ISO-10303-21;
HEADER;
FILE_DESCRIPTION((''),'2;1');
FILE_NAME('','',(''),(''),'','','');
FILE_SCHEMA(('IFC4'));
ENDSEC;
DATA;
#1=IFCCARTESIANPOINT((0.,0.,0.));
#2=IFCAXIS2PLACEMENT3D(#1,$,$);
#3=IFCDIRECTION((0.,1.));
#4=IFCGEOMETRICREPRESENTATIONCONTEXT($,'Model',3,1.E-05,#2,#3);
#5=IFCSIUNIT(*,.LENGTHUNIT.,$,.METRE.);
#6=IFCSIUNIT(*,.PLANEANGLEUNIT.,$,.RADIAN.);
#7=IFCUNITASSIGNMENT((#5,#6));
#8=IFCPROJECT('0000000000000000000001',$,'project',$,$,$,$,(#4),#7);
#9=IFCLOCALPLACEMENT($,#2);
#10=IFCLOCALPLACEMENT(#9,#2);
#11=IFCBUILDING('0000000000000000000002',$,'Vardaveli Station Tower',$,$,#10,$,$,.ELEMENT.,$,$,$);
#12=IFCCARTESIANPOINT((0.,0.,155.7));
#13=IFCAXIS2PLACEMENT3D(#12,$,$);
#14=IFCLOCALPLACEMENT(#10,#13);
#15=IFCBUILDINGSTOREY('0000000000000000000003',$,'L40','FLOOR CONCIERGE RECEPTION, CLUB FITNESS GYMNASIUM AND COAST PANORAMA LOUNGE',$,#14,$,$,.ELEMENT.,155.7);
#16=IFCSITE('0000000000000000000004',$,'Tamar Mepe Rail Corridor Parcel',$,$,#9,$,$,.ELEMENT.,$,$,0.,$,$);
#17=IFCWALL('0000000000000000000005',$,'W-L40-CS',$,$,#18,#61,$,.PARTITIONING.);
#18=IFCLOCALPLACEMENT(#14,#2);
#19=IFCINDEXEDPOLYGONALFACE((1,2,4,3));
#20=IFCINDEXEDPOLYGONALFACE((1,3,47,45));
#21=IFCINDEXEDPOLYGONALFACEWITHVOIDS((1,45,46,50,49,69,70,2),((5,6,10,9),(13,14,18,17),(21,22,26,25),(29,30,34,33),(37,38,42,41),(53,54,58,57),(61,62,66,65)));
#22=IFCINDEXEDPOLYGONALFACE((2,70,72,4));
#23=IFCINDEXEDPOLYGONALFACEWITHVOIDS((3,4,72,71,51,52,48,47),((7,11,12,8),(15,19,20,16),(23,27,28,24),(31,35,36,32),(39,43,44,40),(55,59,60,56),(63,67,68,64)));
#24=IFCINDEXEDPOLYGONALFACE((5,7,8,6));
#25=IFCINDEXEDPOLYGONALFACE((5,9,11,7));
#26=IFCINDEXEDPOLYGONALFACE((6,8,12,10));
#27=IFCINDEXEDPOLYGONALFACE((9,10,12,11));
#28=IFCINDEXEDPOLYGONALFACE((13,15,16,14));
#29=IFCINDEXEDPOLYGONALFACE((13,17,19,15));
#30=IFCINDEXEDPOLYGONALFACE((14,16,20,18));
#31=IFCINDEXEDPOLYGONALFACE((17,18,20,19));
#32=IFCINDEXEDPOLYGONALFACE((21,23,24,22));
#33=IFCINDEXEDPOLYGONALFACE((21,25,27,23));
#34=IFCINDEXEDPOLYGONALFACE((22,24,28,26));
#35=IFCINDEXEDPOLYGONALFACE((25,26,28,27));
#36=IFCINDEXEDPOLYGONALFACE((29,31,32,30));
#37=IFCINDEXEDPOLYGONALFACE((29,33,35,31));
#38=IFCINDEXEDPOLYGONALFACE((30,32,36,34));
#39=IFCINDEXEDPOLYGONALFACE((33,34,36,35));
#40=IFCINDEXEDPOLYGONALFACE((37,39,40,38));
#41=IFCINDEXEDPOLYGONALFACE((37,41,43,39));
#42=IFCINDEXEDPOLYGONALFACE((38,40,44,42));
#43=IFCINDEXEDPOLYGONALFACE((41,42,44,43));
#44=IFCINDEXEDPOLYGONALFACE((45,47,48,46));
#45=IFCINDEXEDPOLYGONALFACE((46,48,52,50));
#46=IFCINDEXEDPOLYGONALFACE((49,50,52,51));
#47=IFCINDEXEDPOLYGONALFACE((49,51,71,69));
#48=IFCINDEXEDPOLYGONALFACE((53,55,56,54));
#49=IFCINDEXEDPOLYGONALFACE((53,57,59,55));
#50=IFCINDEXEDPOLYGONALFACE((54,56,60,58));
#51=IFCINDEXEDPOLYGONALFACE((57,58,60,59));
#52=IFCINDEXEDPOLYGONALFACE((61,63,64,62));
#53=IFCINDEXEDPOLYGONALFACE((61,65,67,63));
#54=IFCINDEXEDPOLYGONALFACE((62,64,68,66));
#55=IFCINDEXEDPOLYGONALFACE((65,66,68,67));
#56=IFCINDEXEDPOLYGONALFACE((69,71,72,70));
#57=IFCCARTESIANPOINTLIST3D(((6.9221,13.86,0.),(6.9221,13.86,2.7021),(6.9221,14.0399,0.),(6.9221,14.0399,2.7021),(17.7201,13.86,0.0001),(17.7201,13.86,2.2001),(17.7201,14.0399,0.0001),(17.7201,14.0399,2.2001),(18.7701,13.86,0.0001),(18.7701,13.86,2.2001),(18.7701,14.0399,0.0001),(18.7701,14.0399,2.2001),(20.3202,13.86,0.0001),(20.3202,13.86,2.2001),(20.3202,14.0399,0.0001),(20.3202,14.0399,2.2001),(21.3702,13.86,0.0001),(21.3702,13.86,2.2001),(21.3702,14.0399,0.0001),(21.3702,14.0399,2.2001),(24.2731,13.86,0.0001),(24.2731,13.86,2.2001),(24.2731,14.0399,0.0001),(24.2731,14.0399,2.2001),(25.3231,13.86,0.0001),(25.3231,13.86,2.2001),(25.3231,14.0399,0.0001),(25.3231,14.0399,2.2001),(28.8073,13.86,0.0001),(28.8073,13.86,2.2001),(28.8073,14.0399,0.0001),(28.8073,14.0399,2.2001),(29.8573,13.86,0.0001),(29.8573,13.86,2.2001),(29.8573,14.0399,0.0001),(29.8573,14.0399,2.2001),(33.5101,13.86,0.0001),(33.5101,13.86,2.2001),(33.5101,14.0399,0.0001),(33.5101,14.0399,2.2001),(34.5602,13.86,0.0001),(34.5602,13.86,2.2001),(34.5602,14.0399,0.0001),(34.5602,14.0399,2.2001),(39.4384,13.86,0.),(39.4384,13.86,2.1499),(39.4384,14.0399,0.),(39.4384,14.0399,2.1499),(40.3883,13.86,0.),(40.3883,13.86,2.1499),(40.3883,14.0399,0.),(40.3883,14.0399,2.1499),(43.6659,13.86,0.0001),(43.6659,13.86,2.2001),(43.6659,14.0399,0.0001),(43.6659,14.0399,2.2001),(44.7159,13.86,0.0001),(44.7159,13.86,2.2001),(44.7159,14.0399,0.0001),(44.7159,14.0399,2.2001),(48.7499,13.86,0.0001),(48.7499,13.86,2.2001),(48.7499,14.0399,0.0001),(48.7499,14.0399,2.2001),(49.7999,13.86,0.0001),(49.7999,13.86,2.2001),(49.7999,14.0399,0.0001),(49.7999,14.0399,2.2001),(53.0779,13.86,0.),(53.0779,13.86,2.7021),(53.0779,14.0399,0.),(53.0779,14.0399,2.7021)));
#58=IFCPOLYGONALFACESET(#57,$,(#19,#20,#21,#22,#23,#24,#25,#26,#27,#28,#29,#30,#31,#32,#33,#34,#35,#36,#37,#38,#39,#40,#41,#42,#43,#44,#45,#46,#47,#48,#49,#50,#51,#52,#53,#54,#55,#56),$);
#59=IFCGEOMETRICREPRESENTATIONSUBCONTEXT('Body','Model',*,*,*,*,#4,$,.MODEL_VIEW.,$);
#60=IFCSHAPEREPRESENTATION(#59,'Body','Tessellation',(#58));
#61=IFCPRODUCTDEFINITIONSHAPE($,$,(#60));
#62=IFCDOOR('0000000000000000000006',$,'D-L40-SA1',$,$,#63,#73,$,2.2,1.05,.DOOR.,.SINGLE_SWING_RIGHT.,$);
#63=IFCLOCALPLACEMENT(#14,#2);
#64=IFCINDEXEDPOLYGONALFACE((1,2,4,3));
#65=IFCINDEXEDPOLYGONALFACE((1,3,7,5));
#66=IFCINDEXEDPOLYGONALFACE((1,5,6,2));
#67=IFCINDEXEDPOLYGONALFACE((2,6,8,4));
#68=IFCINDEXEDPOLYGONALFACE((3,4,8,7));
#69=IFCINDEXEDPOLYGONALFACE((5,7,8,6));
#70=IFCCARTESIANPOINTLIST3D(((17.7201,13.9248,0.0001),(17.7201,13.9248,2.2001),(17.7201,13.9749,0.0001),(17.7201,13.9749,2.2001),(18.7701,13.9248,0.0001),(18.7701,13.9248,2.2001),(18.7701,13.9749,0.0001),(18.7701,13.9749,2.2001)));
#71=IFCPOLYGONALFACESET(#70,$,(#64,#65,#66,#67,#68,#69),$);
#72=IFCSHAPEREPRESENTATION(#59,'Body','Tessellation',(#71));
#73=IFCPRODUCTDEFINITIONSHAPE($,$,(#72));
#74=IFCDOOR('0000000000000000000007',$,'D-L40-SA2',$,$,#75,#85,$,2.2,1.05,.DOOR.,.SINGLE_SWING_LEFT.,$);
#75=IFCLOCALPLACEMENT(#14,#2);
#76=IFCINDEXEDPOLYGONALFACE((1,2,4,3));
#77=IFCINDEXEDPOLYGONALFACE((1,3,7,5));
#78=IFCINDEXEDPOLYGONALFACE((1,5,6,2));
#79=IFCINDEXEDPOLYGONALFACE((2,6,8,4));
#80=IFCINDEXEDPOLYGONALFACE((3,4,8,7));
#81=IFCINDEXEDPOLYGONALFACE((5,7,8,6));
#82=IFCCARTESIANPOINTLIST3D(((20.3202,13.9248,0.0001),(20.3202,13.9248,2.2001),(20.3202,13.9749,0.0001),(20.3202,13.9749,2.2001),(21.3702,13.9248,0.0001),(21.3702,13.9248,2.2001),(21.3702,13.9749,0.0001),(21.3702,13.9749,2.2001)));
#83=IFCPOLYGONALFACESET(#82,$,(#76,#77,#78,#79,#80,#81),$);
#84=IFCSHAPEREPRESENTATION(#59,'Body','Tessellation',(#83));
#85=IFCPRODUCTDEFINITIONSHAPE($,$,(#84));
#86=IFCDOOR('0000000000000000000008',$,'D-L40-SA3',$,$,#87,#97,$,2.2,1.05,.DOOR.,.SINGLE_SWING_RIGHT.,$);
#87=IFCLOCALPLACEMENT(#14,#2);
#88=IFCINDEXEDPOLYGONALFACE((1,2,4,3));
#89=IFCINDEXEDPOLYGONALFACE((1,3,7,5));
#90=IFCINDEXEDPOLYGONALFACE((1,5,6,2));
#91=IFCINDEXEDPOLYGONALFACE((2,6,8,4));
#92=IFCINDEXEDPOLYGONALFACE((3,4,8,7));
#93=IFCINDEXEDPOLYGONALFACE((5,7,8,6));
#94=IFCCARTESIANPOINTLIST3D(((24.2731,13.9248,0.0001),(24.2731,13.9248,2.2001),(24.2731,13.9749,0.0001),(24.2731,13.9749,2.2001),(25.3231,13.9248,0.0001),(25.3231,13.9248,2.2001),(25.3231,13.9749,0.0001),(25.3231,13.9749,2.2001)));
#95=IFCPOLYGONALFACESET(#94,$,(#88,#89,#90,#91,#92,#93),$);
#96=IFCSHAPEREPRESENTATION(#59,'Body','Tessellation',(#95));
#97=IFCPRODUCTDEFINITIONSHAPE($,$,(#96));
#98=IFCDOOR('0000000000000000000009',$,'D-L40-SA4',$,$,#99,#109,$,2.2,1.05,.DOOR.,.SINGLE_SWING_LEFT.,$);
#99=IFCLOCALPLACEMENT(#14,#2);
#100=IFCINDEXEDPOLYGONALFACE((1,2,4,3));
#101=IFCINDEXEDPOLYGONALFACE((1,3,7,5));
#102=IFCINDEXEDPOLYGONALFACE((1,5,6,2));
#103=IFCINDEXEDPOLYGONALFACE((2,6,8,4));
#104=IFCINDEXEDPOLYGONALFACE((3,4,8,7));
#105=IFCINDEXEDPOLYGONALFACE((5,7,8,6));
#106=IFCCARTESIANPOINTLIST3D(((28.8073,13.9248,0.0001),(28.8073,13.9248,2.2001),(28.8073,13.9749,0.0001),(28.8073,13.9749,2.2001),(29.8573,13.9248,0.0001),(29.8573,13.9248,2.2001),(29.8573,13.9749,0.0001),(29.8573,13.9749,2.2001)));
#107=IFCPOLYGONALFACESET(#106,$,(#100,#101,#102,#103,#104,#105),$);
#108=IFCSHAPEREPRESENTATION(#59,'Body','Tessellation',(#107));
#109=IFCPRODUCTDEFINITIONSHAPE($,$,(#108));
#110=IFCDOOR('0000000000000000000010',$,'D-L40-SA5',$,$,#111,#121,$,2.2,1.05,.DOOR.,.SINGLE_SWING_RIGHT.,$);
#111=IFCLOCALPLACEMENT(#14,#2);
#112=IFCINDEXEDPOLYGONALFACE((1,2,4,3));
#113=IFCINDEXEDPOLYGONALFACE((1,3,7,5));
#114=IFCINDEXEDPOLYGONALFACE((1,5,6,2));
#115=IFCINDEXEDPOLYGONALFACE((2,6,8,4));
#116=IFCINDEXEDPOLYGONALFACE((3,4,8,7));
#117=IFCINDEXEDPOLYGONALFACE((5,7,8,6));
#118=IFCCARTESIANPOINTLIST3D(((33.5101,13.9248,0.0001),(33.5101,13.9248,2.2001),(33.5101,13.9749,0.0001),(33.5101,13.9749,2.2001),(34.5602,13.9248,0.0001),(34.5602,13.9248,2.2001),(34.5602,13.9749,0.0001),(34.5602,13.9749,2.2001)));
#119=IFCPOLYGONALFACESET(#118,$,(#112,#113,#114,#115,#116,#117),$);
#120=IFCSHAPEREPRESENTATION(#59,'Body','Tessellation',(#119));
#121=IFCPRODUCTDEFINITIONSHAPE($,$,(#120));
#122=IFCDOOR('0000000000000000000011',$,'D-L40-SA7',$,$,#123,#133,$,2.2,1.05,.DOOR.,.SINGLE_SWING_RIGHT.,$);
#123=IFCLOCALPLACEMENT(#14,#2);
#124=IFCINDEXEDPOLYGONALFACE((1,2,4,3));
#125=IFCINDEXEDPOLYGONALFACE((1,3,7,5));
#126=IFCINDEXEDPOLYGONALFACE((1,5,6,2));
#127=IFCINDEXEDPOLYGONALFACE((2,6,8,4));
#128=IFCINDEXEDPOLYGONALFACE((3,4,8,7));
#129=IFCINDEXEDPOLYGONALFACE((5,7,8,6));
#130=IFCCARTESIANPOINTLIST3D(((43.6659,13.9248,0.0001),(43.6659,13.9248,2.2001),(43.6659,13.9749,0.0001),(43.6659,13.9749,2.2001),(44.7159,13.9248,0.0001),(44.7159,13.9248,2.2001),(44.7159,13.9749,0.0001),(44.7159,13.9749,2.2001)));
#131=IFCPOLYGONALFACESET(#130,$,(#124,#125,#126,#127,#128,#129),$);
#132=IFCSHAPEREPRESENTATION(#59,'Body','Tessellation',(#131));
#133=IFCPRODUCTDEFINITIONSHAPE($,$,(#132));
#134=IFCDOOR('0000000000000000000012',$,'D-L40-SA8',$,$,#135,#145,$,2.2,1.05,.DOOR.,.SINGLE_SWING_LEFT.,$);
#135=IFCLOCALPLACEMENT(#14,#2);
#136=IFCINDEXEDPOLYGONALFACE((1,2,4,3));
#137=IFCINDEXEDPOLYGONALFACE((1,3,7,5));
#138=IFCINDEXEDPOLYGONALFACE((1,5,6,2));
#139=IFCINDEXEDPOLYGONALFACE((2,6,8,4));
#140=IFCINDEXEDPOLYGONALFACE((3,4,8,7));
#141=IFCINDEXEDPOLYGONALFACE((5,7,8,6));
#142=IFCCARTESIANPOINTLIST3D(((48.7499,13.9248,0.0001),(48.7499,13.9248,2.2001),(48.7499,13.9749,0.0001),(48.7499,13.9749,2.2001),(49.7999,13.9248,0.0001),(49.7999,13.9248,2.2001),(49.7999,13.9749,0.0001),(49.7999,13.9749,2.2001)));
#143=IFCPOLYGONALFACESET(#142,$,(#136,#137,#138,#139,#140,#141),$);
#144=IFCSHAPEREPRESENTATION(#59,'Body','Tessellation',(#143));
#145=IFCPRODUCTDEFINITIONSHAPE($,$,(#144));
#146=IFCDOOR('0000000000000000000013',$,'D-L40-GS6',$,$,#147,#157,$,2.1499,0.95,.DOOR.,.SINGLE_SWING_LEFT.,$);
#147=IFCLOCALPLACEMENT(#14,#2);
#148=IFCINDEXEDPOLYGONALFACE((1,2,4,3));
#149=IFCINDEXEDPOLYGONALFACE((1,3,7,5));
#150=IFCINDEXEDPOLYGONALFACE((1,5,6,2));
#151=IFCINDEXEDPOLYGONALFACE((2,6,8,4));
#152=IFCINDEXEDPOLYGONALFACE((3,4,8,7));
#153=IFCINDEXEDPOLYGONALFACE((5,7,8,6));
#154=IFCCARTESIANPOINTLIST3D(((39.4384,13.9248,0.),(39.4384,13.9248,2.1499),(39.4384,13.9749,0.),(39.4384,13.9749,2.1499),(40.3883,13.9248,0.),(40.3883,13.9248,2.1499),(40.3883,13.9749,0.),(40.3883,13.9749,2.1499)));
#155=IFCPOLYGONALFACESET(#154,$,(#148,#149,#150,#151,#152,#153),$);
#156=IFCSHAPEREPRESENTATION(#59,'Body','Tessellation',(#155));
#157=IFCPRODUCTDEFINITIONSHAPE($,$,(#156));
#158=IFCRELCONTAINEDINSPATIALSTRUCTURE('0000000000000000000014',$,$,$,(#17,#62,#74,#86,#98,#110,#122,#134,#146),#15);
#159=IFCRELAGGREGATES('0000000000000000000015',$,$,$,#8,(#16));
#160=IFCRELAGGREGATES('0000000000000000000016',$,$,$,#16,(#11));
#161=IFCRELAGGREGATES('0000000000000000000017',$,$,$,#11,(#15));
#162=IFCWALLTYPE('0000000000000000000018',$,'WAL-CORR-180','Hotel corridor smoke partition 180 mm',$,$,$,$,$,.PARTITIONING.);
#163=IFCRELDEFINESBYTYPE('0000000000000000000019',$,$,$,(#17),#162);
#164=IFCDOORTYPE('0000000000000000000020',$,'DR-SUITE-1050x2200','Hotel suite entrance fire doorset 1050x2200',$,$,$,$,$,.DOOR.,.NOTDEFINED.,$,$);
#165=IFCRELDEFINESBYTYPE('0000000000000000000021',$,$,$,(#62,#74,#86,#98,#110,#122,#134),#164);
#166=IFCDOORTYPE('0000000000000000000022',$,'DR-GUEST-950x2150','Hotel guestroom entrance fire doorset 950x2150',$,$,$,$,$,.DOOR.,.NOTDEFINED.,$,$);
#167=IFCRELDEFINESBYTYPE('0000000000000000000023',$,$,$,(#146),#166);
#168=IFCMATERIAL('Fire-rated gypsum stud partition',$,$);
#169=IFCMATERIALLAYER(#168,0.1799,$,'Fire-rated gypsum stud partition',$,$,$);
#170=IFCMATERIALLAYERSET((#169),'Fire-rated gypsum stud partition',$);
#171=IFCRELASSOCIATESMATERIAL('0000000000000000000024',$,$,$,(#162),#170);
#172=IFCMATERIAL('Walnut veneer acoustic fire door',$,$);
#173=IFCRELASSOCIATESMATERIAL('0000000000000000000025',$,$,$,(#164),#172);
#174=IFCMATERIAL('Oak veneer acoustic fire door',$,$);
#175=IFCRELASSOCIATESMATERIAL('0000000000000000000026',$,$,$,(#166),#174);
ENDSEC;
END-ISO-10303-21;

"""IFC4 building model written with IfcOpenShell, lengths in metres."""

from ifc_helpers import new_model, si_unit, direction, frame, frame_2d, origin, place, context, subcontext, project, spatial, rectangle, extrude, source, transform, mapped, material, layer, layer_set, type_object, element, fill, save


model = new_model("IFC4")

# Units and contexts
model_context = context("Model", 3, precision=1e-05, world=origin(), true_north=direction((0.0, 1.0)))
body_context = subcontext(model_context, "Body", "Model", "MODEL_VIEW")
ifc_project = project(units=[si_unit("LENGTHUNIT", "METRE"), si_unit("PLANEANGLEUNIT", "RADIAN")], contexts=[model_context])

# Site, building, storey
site_placement = place(None, origin())
site = spatial("IfcSite", under=ifc_project, at=site_placement, Name="Tamar Mepe Rail Corridor Parcel", CompositionType="ELEMENT", RefElevation=0.0)
building_placement = place(site_placement, origin())
building = spatial("IfcBuilding", under=site, at=building_placement, Name="Vardaveli Station Tower", CompositionType="ELEMENT")
storey_placement = place(building_placement, frame((0.0, 0.0, 155.7)))
storey = spatial("IfcBuildingStorey", under=building, at=storey_placement, Name="L40", Description="FLOOR CONCIERGE RECEPTION, CLUB FITNESS GYMNASIUM AND COAST PANORAMA LOUNGE", CompositionType="ELEMENT", Elevation=155.7)

# Wall, openings, doors
ifc_material_1 = material(Name="Fire-rated gypsum stud partition")
ifc_layer_1 = layer(ifc_material_1, 0.1799, Name="Fire-rated gypsum stud partition")
ifc_layer_set_1 = layer_set([ifc_layer_1], Name="Fire-rated gypsum stud partition")
wall_type_1 = type_object("IfcWallType", Name="WAL-CORR-180", Description="Hotel corridor smoke partition 180 mm", PredefinedType="PARTITIONING", material=ifc_layer_set_1)
shared_shape_1 = source(origin(), body_context, "Body", "SweptSolid", [
    extrude(rectangle(XDim=46.1558, YDim=0.1799, at=frame_2d((23.0779, 0.0))), origin(), (0.0, 0.0, 1.0), 2.7021),
])
wall_1_placement = place(storey_placement, frame((6.9221, 13.95, 0.0), z_axis=(0.0, 0.0, 1.0), x_axis=(1.0, 0.0, 0.0)))
wall_1 = element("IfcWall", 1, at=wall_1_placement, inside=storey, type_object=wall_type_1, Name="W-L40-CS", PredefinedType="PARTITIONING", context=body_context, shape_type="MappedRepresentation", body=[
    mapped(shared_shape_1, transform((0.0, 0.0, 0.0), scale=1.0)),
])
shared_shape_2 = source(origin(), body_context, "Body", "SweptSolid", [
    extrude(rectangle(XDim=1.05, YDim=2.2, at=frame_2d((0.5249, 1.1001))), frame((0.0, 0.1001, 0.0), z_axis=(0.0, -1.0, 0.0), x_axis=(1.0, 0.0, 0.0)), (0.0, 0.0, 1.0), 0.2),
])
opening_1_placement = place(wall_1_placement, frame((10.7981, 0.0, 0.0)))
opening_1 = element("IfcOpeningElement", 2, at=opening_1_placement, cuts=wall_1, PredefinedType="OPENING", context=body_context, shape_type="MappedRepresentation", body=[
    mapped(shared_shape_2, transform((0.0, 0.0, 0.0), scale=1.0)),
])
opening_2_placement = place(wall_1_placement, frame((13.3982, 0.0, 0.0)))
opening_2 = element("IfcOpeningElement", 3, at=opening_2_placement, cuts=wall_1, PredefinedType="OPENING", context=body_context, shape_type="MappedRepresentation", body=[
    mapped(shared_shape_2, transform((0.0, 0.0, 0.0), scale=1.0)),
])
opening_3_placement = place(wall_1_placement, frame((17.3511, 0.0, 0.0)))
opening_3 = element("IfcOpeningElement", 4, at=opening_3_placement, cuts=wall_1, PredefinedType="OPENING", context=body_context, shape_type="MappedRepresentation", body=[
    mapped(shared_shape_2, transform((0.0, 0.0, 0.0), scale=1.0)),
])
opening_4_placement = place(wall_1_placement, frame((21.8853, 0.0, 0.0)))
opening_4 = element("IfcOpeningElement", 5, at=opening_4_placement, cuts=wall_1, PredefinedType="OPENING", context=body_context, shape_type="MappedRepresentation", body=[
    mapped(shared_shape_2, transform((0.0, 0.0, 0.0), scale=1.0)),
])
opening_5_placement = place(wall_1_placement, frame((26.5881, 0.0, 0.0)))
opening_5 = element("IfcOpeningElement", 6, at=opening_5_placement, cuts=wall_1, PredefinedType="OPENING", context=body_context, shape_type="MappedRepresentation", body=[
    mapped(shared_shape_2, transform((0.0, 0.0, 0.0), scale=1.0)),
])
shared_shape_3 = source(origin(), body_context, "Body", "SweptSolid", [
    extrude(rectangle(XDim=0.95, YDim=2.1499, at=frame_2d((0.4751, 1.075))), frame((0.0, 0.1001, 0.0), z_axis=(0.0, -1.0, 0.0), x_axis=(1.0, 0.0, 0.0)), (0.0, 0.0, 1.0), 0.2),
])
opening_6_placement = place(wall_1_placement, frame((32.5161, 0.0, 0.0)))
opening_6 = element("IfcOpeningElement", 7, at=opening_6_placement, cuts=wall_1, PredefinedType="OPENING", context=body_context, shape_type="MappedRepresentation", body=[
    mapped(shared_shape_3, transform((0.0, 0.0, 0.0), scale=1.0)),
])
opening_7_placement = place(wall_1_placement, frame((36.7439, 0.0, 0.0)))
opening_7 = element("IfcOpeningElement", 8, at=opening_7_placement, cuts=wall_1, PredefinedType="OPENING", context=body_context, shape_type="MappedRepresentation", body=[
    mapped(shared_shape_2, transform((0.0, 0.0, 0.0), scale=1.0)),
])
opening_8_placement = place(wall_1_placement, frame((41.8279, 0.0, 0.0)))
opening_8 = element("IfcOpeningElement", 9, at=opening_8_placement, cuts=wall_1, PredefinedType="OPENING", context=body_context, shape_type="MappedRepresentation", body=[
    mapped(shared_shape_2, transform((0.0, 0.0, 0.0), scale=1.0)),
])
ifc_material_2 = material(Name="Walnut veneer acoustic fire door")
door_type_1 = type_object("IfcDoorType", Name="DR-SUITE-1050x2200", Description="Hotel suite entrance fire doorset 1050x2200", OperationType="NOTDEFINED", PredefinedType="DOOR", material=ifc_material_2)
shared_shape_4 = source(origin(), body_context, "Body", "SweptSolid", [
    extrude(rectangle(XDim=1.05, YDim=2.2, at=frame_2d((0.5249, 1.1001))), frame((0.0, 0.0249, 0.0), z_axis=(0.0, -1.0, 0.0), x_axis=(1.0, 0.0, 0.0)), (0.0, 0.0, 1.0), 0.05),
])
door_1_placement = place(opening_1_placement, origin())
door_1 = element("IfcDoor", 10, at=door_1_placement, inside=storey, type_object=door_type_1, Name="D-L40-SA1", OperationType="SINGLE_SWING_RIGHT", OverallHeight=2.2, OverallWidth=1.05, PredefinedType="DOOR", context=body_context, shape_type="MappedRepresentation", body=[
    mapped(shared_shape_4, transform((0.0, 0.0, 0.0), scale=1.0)),
])
fill(opening_1, door_1)
door_2_placement = place(opening_2_placement, origin())
door_2 = element("IfcDoor", 11, at=door_2_placement, inside=storey, type_object=door_type_1, Name="D-L40-SA2", OperationType="SINGLE_SWING_LEFT", OverallHeight=2.2, OverallWidth=1.05, PredefinedType="DOOR", context=body_context, shape_type="MappedRepresentation", body=[
    mapped(shared_shape_4, transform((0.0, 0.0, 0.0), scale=1.0)),
])
fill(opening_2, door_2)
door_3_placement = place(opening_3_placement, origin())
door_3 = element("IfcDoor", 12, at=door_3_placement, inside=storey, type_object=door_type_1, Name="D-L40-SA3", OperationType="SINGLE_SWING_RIGHT", OverallHeight=2.2, OverallWidth=1.05, PredefinedType="DOOR", context=body_context, shape_type="MappedRepresentation", body=[
    mapped(shared_shape_4, transform((0.0, 0.0, 0.0), scale=1.0)),
])
fill(opening_3, door_3)
door_4_placement = place(opening_4_placement, origin())
door_4 = element("IfcDoor", 13, at=door_4_placement, inside=storey, type_object=door_type_1, Name="D-L40-SA4", OperationType="SINGLE_SWING_LEFT", OverallHeight=2.2, OverallWidth=1.05, PredefinedType="DOOR", context=body_context, shape_type="MappedRepresentation", body=[
    mapped(shared_shape_4, transform((0.0, 0.0, 0.0), scale=1.0)),
])
fill(opening_4, door_4)
door_5_placement = place(opening_5_placement, origin())
door_5 = element("IfcDoor", 14, at=door_5_placement, inside=storey, type_object=door_type_1, Name="D-L40-SA5", OperationType="SINGLE_SWING_RIGHT", OverallHeight=2.2, OverallWidth=1.05, PredefinedType="DOOR", context=body_context, shape_type="MappedRepresentation", body=[
    mapped(shared_shape_4, transform((0.0, 0.0, 0.0), scale=1.0)),
])
fill(opening_5, door_5)
door_6_placement = place(opening_7_placement, origin())
door_6 = element("IfcDoor", 15, at=door_6_placement, inside=storey, type_object=door_type_1, Name="D-L40-SA7", OperationType="SINGLE_SWING_RIGHT", OverallHeight=2.2, OverallWidth=1.05, PredefinedType="DOOR", context=body_context, shape_type="MappedRepresentation", body=[
    mapped(shared_shape_4, transform((0.0, 0.0, 0.0), scale=1.0)),
])
fill(opening_7, door_6)
door_7_placement = place(opening_8_placement, origin())
door_7 = element("IfcDoor", 16, at=door_7_placement, inside=storey, type_object=door_type_1, Name="D-L40-SA8", OperationType="SINGLE_SWING_LEFT", OverallHeight=2.2, OverallWidth=1.05, PredefinedType="DOOR", context=body_context, shape_type="MappedRepresentation", body=[
    mapped(shared_shape_4, transform((0.0, 0.0, 0.0), scale=1.0)),
])
fill(opening_8, door_7)
ifc_material_3 = material(Name="Oak veneer acoustic fire door")
door_type_2 = type_object("IfcDoorType", Name="DR-GUEST-950x2150", Description="Hotel guestroom entrance fire doorset 950x2150", OperationType="NOTDEFINED", PredefinedType="DOOR", material=ifc_material_3)
shared_shape_5 = source(origin(), body_context, "Body", "SweptSolid", [
    extrude(rectangle(XDim=0.95, YDim=2.1499, at=frame_2d((0.4751, 1.075))), frame((0.0, 0.0249, 0.0), z_axis=(0.0, -1.0, 0.0), x_axis=(1.0, 0.0, 0.0)), (0.0, 0.0, 1.0), 0.05),
])
door_8_placement = place(opening_6_placement, origin())
door_8 = element("IfcDoor", 17, at=door_8_placement, inside=storey, type_object=door_type_2, Name="D-L40-GS6", OperationType="SINGLE_SWING_LEFT", OverallHeight=2.1499, OverallWidth=0.95, PredefinedType="DOOR", context=body_context, shape_type="MappedRepresentation", body=[
    mapped(shared_shape_5, transform((0.0, 0.0, 0.0), scale=1.0)),
])
fill(opening_6, door_8)

save(model, "model.ifc")
